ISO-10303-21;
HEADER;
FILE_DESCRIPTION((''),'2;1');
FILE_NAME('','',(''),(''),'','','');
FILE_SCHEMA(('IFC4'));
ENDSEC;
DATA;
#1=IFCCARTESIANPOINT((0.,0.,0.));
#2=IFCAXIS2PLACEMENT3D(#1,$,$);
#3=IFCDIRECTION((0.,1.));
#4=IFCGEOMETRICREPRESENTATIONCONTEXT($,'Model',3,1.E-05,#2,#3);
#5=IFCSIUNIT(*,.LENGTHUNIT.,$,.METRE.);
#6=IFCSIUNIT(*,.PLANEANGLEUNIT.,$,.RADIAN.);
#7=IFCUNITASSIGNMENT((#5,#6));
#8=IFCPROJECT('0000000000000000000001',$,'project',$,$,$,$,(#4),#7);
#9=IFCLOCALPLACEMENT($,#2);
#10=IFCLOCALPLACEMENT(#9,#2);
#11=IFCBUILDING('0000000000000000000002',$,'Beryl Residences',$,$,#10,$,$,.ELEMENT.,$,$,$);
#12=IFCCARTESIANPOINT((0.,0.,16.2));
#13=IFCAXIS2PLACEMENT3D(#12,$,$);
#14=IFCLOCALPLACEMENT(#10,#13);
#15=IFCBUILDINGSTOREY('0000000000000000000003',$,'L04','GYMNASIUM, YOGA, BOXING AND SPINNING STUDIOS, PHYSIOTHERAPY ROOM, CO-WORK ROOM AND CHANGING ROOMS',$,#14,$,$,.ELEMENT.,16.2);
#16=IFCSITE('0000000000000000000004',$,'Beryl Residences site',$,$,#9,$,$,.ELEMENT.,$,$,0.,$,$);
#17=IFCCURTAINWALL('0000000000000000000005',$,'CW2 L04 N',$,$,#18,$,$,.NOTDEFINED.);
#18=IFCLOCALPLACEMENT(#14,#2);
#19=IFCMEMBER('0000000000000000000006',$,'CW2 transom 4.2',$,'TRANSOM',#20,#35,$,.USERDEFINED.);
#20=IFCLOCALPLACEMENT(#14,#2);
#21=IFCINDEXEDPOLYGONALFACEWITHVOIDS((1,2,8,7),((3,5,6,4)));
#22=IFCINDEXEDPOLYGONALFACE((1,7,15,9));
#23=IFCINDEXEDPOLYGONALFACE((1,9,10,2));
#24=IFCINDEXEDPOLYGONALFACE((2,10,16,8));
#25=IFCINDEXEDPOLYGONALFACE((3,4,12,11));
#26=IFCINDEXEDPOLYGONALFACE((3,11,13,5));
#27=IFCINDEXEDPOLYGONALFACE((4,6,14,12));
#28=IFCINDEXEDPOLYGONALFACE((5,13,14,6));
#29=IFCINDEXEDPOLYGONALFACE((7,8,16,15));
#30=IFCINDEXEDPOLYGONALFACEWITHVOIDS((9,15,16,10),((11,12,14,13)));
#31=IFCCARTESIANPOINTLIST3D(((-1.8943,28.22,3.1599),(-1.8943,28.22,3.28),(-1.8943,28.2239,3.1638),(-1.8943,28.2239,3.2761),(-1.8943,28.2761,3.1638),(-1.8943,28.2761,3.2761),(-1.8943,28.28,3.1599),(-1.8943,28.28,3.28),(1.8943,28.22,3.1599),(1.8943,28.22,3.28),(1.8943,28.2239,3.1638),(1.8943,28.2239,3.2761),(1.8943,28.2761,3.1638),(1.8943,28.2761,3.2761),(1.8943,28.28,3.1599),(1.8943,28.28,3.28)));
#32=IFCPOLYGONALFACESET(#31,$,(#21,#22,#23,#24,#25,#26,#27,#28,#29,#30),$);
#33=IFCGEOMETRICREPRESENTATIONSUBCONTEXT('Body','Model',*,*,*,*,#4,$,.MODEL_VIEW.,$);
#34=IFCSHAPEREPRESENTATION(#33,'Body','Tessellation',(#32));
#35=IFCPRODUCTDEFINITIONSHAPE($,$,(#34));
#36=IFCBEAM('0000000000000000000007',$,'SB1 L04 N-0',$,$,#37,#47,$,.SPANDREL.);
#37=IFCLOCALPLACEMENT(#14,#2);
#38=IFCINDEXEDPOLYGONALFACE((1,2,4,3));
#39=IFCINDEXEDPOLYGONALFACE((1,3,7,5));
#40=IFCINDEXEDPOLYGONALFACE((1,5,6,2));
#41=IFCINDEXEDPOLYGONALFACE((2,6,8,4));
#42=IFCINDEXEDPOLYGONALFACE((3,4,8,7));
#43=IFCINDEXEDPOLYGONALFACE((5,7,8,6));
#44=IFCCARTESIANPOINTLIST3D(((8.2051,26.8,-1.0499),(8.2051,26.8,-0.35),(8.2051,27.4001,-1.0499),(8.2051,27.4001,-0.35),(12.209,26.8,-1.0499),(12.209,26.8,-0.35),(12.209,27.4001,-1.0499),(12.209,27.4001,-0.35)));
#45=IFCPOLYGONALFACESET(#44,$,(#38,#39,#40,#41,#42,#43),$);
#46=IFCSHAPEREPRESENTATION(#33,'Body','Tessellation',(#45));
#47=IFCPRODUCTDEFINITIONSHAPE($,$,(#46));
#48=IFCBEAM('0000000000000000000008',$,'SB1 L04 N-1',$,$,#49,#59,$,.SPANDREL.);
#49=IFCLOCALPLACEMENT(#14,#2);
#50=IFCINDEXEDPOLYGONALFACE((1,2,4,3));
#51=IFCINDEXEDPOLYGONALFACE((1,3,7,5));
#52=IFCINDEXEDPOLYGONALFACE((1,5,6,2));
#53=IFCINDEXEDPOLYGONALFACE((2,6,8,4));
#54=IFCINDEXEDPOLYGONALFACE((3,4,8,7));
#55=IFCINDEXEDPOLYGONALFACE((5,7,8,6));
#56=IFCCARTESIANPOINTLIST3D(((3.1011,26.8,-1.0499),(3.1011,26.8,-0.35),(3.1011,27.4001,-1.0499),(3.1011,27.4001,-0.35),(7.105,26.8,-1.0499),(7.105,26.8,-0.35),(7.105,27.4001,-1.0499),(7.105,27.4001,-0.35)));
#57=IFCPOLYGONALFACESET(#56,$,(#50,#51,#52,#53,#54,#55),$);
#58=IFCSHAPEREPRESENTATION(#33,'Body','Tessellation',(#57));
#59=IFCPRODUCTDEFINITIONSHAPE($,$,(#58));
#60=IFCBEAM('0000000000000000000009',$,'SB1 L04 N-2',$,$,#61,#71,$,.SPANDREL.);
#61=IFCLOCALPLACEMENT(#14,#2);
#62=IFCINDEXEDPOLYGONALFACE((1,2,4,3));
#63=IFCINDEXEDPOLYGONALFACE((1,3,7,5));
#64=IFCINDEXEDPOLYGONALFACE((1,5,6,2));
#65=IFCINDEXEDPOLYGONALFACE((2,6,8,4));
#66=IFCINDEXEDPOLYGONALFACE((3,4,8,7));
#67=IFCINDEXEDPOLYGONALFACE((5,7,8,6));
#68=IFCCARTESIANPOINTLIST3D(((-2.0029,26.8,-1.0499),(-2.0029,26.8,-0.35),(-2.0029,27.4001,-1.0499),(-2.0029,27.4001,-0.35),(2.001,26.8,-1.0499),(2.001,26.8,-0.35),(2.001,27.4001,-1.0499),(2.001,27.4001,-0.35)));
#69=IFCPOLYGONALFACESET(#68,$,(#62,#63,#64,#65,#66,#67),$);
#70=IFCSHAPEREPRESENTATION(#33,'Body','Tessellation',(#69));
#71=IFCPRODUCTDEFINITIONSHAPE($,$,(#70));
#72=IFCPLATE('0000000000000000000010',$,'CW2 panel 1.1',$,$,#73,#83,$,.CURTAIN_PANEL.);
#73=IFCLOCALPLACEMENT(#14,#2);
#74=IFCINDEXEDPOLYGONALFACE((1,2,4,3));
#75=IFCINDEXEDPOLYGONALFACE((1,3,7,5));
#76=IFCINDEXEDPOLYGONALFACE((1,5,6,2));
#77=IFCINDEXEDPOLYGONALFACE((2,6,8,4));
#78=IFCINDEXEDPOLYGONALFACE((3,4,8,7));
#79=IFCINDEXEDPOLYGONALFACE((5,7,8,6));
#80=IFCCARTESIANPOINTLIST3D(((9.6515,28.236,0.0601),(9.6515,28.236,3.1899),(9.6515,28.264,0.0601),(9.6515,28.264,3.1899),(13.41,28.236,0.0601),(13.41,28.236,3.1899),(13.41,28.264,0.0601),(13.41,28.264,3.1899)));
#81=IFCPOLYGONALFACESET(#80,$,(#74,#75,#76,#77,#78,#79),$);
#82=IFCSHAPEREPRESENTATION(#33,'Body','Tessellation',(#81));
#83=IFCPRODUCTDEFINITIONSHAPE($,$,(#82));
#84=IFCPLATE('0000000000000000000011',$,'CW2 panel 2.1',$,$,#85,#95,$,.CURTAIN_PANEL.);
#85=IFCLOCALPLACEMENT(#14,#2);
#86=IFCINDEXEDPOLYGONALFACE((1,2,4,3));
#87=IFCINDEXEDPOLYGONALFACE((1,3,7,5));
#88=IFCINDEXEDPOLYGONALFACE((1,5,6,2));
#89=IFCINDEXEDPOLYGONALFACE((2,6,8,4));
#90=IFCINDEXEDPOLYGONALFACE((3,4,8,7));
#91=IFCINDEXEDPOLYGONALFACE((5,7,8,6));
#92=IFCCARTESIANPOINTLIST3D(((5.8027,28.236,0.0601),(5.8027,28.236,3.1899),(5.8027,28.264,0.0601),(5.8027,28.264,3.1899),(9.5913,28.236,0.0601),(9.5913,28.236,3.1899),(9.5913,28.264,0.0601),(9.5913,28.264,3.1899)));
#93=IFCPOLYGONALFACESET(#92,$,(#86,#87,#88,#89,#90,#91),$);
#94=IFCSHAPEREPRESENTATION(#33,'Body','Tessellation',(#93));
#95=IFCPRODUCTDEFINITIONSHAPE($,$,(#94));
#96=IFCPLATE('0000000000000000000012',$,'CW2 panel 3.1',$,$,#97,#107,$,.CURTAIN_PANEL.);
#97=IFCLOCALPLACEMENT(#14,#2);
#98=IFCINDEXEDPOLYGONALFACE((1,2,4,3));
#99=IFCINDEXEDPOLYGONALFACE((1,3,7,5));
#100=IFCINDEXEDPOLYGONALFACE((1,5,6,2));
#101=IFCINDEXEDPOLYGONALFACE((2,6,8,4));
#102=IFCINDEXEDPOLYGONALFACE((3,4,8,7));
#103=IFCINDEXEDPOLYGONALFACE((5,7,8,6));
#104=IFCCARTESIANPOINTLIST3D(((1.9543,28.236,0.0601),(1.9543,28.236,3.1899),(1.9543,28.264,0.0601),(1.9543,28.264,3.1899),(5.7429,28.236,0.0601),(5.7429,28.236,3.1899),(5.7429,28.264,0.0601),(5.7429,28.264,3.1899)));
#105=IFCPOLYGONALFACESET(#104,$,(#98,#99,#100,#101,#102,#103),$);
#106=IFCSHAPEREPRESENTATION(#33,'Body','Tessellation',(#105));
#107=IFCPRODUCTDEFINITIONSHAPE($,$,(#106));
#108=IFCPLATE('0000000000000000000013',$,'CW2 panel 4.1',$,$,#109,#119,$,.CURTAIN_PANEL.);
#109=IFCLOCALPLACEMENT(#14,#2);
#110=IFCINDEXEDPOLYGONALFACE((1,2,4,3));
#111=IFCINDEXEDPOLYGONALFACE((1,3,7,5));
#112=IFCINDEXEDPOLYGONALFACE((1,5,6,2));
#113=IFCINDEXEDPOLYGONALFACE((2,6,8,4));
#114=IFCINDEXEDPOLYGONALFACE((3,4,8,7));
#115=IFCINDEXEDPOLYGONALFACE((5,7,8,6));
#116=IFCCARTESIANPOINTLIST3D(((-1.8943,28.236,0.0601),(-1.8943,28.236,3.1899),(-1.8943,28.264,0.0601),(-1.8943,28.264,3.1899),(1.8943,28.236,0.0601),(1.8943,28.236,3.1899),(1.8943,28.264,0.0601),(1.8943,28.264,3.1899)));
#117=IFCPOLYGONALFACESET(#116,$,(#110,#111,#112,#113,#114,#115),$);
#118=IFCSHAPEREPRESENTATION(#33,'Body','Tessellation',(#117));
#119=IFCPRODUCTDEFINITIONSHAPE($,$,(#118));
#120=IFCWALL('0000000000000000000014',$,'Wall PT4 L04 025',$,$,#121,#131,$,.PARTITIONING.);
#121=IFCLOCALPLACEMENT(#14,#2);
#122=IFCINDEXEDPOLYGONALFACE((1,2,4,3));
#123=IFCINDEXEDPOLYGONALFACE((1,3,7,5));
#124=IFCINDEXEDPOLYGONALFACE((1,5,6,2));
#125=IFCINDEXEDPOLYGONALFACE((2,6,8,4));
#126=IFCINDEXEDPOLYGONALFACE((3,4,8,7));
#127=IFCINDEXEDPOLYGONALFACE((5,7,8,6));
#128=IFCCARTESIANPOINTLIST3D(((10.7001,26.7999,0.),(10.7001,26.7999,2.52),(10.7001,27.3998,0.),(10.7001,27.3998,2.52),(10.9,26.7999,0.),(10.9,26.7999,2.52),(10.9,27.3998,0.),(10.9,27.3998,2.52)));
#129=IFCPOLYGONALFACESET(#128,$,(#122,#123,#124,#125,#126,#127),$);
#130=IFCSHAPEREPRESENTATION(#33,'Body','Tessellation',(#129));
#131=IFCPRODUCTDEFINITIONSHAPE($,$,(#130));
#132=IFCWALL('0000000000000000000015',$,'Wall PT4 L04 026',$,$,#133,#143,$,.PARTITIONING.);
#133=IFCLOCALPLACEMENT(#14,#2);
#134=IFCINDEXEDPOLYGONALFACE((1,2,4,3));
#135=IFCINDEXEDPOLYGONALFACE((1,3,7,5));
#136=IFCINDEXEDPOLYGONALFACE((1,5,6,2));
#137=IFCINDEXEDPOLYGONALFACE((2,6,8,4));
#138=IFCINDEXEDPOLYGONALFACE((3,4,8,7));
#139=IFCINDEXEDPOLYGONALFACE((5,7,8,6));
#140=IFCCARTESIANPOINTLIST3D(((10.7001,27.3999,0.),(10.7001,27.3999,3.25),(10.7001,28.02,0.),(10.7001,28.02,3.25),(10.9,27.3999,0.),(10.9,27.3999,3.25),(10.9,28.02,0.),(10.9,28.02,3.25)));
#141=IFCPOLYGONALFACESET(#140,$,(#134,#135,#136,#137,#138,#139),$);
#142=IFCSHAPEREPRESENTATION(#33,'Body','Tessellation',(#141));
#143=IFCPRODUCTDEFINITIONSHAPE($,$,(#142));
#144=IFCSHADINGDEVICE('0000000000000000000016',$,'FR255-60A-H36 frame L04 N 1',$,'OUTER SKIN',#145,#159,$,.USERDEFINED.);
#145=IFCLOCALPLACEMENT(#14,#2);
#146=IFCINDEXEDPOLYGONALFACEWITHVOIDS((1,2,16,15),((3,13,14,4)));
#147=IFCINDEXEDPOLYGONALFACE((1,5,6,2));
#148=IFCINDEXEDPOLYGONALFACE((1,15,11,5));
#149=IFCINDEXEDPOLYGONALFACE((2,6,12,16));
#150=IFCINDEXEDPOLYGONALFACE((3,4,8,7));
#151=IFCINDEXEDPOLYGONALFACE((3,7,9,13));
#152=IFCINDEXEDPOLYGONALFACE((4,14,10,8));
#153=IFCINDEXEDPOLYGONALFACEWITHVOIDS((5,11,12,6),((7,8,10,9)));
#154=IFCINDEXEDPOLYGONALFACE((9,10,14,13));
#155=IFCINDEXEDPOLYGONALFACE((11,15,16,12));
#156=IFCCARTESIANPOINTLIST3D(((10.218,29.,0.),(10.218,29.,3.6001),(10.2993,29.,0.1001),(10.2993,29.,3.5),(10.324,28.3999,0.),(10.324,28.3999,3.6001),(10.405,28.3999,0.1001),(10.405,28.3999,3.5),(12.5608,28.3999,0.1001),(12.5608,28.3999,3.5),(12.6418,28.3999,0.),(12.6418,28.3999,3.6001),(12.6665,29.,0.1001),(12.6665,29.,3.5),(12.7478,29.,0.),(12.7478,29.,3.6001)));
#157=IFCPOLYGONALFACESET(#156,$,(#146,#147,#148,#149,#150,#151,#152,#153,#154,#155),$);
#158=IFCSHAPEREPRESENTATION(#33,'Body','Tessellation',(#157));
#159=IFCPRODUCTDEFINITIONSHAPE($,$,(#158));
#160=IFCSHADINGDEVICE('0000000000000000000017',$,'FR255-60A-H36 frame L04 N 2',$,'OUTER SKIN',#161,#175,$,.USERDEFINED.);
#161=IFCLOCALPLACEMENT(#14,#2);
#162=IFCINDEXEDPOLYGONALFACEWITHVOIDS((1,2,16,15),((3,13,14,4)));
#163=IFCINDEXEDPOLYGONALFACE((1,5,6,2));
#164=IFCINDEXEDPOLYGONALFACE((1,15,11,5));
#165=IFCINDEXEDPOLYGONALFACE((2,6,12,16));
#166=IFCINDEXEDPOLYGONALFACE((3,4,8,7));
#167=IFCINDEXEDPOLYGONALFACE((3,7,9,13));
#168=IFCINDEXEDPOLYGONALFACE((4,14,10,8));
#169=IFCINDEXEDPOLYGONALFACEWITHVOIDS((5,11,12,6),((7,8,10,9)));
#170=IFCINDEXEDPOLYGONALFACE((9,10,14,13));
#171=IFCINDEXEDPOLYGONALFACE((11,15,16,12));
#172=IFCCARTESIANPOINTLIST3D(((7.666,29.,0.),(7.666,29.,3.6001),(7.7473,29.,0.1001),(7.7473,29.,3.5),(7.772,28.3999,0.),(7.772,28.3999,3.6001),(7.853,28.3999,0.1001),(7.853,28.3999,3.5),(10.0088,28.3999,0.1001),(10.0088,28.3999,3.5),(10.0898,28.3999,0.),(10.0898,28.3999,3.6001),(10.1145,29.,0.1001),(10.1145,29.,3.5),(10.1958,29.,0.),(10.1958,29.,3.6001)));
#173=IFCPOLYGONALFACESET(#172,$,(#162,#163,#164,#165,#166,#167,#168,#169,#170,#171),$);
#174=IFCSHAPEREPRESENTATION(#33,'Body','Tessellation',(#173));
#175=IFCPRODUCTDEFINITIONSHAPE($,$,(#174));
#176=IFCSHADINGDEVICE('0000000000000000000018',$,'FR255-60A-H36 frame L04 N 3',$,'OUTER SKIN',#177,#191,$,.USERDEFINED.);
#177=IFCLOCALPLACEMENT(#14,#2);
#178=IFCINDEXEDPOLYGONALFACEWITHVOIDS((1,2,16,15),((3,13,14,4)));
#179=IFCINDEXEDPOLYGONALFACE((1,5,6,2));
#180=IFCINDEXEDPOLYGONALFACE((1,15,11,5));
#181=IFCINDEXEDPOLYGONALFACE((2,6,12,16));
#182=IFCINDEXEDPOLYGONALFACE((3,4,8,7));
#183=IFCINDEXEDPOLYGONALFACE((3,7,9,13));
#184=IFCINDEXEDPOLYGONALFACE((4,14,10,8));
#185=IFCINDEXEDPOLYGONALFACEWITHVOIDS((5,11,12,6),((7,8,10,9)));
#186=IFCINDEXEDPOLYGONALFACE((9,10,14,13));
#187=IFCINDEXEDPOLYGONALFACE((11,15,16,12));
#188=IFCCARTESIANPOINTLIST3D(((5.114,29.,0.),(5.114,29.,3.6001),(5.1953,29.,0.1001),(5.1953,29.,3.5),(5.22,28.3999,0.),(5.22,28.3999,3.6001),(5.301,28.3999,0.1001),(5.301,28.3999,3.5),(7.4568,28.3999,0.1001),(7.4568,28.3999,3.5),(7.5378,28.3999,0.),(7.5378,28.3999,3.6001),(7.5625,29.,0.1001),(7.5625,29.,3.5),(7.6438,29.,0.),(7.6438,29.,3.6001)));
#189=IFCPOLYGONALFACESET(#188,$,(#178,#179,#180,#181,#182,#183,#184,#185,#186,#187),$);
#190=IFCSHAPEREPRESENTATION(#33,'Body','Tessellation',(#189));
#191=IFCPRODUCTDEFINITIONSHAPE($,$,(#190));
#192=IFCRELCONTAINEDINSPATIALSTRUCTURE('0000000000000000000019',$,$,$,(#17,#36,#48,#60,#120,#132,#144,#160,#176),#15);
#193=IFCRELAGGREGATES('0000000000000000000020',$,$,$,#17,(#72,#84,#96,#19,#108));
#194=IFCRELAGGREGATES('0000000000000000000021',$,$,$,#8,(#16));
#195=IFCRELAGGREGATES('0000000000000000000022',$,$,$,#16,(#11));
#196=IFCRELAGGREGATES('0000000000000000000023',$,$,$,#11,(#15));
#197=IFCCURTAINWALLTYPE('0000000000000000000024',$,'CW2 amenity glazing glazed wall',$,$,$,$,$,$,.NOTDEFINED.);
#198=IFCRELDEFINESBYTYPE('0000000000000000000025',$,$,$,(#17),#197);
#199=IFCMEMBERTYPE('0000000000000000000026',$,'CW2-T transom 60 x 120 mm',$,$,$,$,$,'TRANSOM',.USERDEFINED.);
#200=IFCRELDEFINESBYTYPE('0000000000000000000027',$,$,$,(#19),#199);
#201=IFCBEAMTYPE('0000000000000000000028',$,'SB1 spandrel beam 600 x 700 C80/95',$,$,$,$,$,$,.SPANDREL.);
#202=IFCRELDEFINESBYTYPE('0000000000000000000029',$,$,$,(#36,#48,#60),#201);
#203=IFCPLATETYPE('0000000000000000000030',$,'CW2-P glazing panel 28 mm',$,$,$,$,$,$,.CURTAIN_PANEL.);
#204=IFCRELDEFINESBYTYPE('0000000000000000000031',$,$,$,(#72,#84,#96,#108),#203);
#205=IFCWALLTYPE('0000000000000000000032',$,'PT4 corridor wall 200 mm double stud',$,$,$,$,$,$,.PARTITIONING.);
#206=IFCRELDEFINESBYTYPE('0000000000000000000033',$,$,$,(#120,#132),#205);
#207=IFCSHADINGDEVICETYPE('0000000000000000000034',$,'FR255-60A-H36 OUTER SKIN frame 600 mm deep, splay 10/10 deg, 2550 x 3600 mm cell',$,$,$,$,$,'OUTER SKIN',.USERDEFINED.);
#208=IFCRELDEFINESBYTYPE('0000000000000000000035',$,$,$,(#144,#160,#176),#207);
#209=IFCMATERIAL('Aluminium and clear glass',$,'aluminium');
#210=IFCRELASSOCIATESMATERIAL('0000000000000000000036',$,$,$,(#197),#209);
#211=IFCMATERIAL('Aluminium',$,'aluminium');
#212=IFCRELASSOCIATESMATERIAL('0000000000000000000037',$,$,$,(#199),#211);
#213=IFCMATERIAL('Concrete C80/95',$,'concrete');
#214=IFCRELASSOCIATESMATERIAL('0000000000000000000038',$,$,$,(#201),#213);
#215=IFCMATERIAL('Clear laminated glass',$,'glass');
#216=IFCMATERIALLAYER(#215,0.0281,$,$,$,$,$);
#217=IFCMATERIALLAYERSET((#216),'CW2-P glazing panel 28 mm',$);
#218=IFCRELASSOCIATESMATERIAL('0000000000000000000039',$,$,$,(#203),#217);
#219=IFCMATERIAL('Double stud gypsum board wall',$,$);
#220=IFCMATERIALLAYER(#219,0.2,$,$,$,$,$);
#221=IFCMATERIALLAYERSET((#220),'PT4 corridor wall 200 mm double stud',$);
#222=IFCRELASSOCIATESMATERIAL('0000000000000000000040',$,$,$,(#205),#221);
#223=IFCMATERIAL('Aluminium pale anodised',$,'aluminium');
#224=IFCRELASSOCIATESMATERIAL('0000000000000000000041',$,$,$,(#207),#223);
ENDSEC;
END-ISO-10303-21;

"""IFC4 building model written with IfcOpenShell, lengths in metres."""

from ifc_helpers import new_model, entity, si_unit, direction, frame, frame_2d, origin, origin_2d, place, context, subcontext, project, spatial, rectangle, hollow_rectangle, extrude, source, transform, mapped, material, layer, layer_set, material_profile, profile_set, type_object, type_shapes, element, aggregate, save


model = new_model("IFC4")

# Units and contexts
model_context = context("Model", 3, precision=1e-05, world=origin(), true_north=direction((0.0, 1.0)))
body_context = subcontext(model_context, "Body", "Model", "MODEL_VIEW")
ifc_project = project(units=[si_unit("LENGTHUNIT", "METRE"), si_unit("PLANEANGLEUNIT", "RADIAN")], contexts=[model_context])

# Site, building, storey
site_placement = place(None, origin())
site = spatial("IfcSite", under=ifc_project, at=site_placement, Name="Beryl Residences site", CompositionType="ELEMENT", RefElevation=0.0)
building_placement = place(site_placement, origin())
building = spatial("IfcBuilding", under=site, at=building_placement, Name="Beryl Residences", CompositionType="ELEMENT")
storey_placement = place(building_placement, frame((0.0, 0.0, 16.2)))
storey = spatial("IfcBuildingStorey", under=building, at=storey_placement, Name="L04", Description="GYMNASIUM, YOGA, BOXING AND SPINNING STUDIOS, PHYSIOTHERAPY ROOM, CO-WORK ROOM AND CHANGING ROOMS", CompositionType="ELEMENT", Elevation=16.2)

# Curtain wall, member
ifc_material_1 = material(Name="Aluminium and clear glass", Category="aluminium")
curtain_wall_type = type_object("IfcCurtainWallType", Name="CW2 amenity glazing glazed wall", PredefinedType="NOTDEFINED", material=ifc_material_1)
curtain_wall_placement = place(storey_placement, origin())
curtain_wall = element("IfcCurtainWall", 1, at=curtain_wall_placement, inside=storey, type_object=curtain_wall_type, Name="CW2 L04 N", PredefinedType="NOTDEFINED")
ifc_material_2 = material(Name="Aluminium", Category="aluminium")
ifc_material_profile_1 = material_profile(ifc_material_2, hollow_rectangle(XDim=0.0601, YDim=0.1201, WallThickness=0.0039, at=origin_2d()))
ifc_profile_set_1 = profile_set([ifc_material_profile_1], Name="Aluminium")
member_type_1 = type_object("IfcMemberType", Name="CW2-T transom 60 x 120 mm", ElementType="TRANSOM", PredefinedType="USERDEFINED", material=ifc_profile_set_1)
member_1_placement = place(storey_placement, frame((1.8943, 28.25, 3.22), z_axis=(-1.0, 0.0, 0.0), x_axis=(0.0, -1.0, 0.0)))
member_1 = element("IfcMember", 2, at=member_1_placement, type_object=member_type_1, Name="CW2 transom 4.2", ObjectType="TRANSOM", PredefinedType="USERDEFINED", context=body_context, shape_type="SweptSolid", body=[
    extrude(hollow_rectangle(XDim=0.0601, YDim=0.1201, WallThickness=0.0039, at=origin_2d()), origin(), (0.0, 0.0, 1.0), 3.7886),
])

# Beams
ifc_material_3 = material(Name="Concrete C80/95", Category="concrete")
ifc_material_profile_2 = material_profile(ifc_material_3, rectangle(XDim=0.6001, YDim=0.7, at=origin_2d()))
ifc_profile_set_2 = profile_set([ifc_material_profile_2], Name="Concrete C80/95")
beam_type = type_object("IfcBeamType", Name="SB1 spandrel beam 600 x 700 C80/95", PredefinedType="SPANDREL", material=ifc_profile_set_2)
for number, where, z_axis, x_axis, name in (
    (3, (12.209, 27.1001, -0.7), (-1.0, 0.0, 0.0), (0.0, -1.0, 0.0), "SB1 L04 N-0"),
    (4, (7.105, 27.1001, -0.7), (-1.0, 0.0, 0.0), (0.0, -1.0, 0.0), "SB1 L04 N-1"),
    (5, (2.001, 27.1001, -0.7), (-1.0, 0.0, 0.0), (0.0, -1.0, 0.0), "SB1 L04 N-2"),
):
    element("IfcBeam", number, at=place(storey_placement, frame(where, z_axis=z_axis, x_axis=x_axis)), inside=storey, type_object=beam_type, Name=name, PredefinedType="SPANDREL", context=body_context, shape_type="SweptSolid", body=[
        extrude(rectangle(XDim=0.6001, YDim=0.7, at=origin_2d()), origin(), (0.0, 0.0, 1.0), 4.0039),
    ])

# Plates
ifc_material_4 = material(Name="Clear laminated glass", Category="glass")
ifc_layer_1 = layer(ifc_material_4, 0.0281)
ifc_layer_set_1 = layer_set([ifc_layer_1], Name="CW2-P glazing panel 28 mm")
plate_type = type_object("IfcPlateType", Name="CW2-P glazing panel 28 mm", PredefinedType="CURTAIN_PANEL", material=ifc_layer_set_1)
plate_1_placement = place(storey_placement, frame((11.5308, 28.25, 0.0601), z_axis=(0.0, 0.0, 1.0), x_axis=(-1.0, 0.0, 0.0)))
plate_1 = element("IfcPlate", 6, at=plate_1_placement, type_object=plate_type, Name="CW2 panel 1.1", PredefinedType="CURTAIN_PANEL", context=body_context, shape_type="SweptSolid", body=[
    extrude(rectangle(XDim=3.7585, YDim=0.0281, at=origin_2d()), origin(), (0.0, 0.0, 1.0), 3.1299),
])
plate_2_placement = place(storey_placement, frame((7.697, 28.25, 0.0601), z_axis=(0.0, 0.0, 1.0), x_axis=(-1.0, 0.0, 0.0)))
plate_2 = element("IfcPlate", 7, at=plate_2_placement, type_object=plate_type, Name="CW2 panel 2.1", PredefinedType="CURTAIN_PANEL", context=body_context, shape_type="SweptSolid", body=[
    extrude(rectangle(XDim=3.7886, YDim=0.0281, at=origin_2d()), origin(), (0.0, 0.0, 1.0), 3.1299),
])
plate_3_placement = place(storey_placement, frame((3.8486, 28.25, 0.0601), z_axis=(0.0, 0.0, 1.0), x_axis=(-1.0, 0.0, 0.0)))
plate_3 = element("IfcPlate", 8, at=plate_3_placement, type_object=plate_type, Name="CW2 panel 3.1", PredefinedType="CURTAIN_PANEL", context=body_context, shape_type="SweptSolid", body=[
    extrude(rectangle(XDim=3.7886, YDim=0.0281, at=origin_2d()), origin(), (0.0, 0.0, 1.0), 3.1299),
])
plate_4_placement = place(storey_placement, frame((0.0, 28.25, 0.0601), z_axis=(0.0, 0.0, 1.0), x_axis=(-1.0, 0.0, 0.0)))
plate_4 = element("IfcPlate", 9, at=plate_4_placement, type_object=plate_type, Name="CW2 panel 4.1", PredefinedType="CURTAIN_PANEL", context=body_context, shape_type="SweptSolid", body=[
    extrude(rectangle(XDim=3.7886, YDim=0.0281, at=origin_2d()), origin(), (0.0, 0.0, 1.0), 3.1299),
])
aggregate(curtain_wall, [plate_1, plate_2, plate_3, member_1, plate_4])

# Walls
ifc_material_5 = material(Name="Double stud gypsum board wall")
ifc_layer_2 = layer(ifc_material_5, 0.2)
ifc_layer_set_2 = layer_set([ifc_layer_2], Name="PT4 corridor wall 200 mm double stud")
wall_type = type_object("IfcWallType", Name="PT4 corridor wall 200 mm double stud", PredefinedType="PARTITIONING", material=ifc_layer_set_2)
wall_1_placement = place(storey_placement, frame((10.8, 26.8, 0.0), z_axis=(0.0, 0.0, 1.0), x_axis=(0.0, 1.0, 0.0)))
element("IfcWall", 10, at=wall_1_placement, inside=storey, type_object=wall_type, Name="Wall PT4 L04 025", PredefinedType="PARTITIONING", context=body_context, shape_type="SweptSolid", body=[
    extrude(rectangle(XDim=0.5999, YDim=0.2, at=frame_2d((0.2998, 0.0))), origin(), (0.0, 0.0, 1.0), 2.52),
])
wall_2_placement = place(storey_placement, frame((10.8, 27.3999, 0.0), z_axis=(0.0, 0.0, 1.0), x_axis=(0.0, 1.0, 0.0)))
element("IfcWall", 11, at=wall_2_placement, inside=storey, type_object=wall_type, Name="Wall PT4 L04 026", PredefinedType="PARTITIONING", context=body_context, shape_type="SweptSolid", body=[
    extrude(rectangle(XDim=0.6201, YDim=0.2, at=frame_2d((0.3101, 0.0))), origin(), (0.0, 0.0, 1.0), 3.25),
])

# Shading devices
ifc_material_6 = material(Name="Aluminium pale anodised", Category="aluminium")
shading_device_type = type_object("IfcShadingDeviceType", Name="FR255-60A-H36 OUTER SKIN frame 600 mm deep, splay 10/10 deg, 2550 x 3600 mm cell", ElementType="OUTER SKIN", PredefinedType="USERDEFINED", material=ifc_material_6)
cartesian_point_1 = entity("IfcCartesianPoint", [-1.1589, 0.0])
cartesian_point_2 = entity("IfcCartesianPoint", [-1.0779, 0.1001])
cartesian_point_3 = entity("IfcCartesianPoint", [-1.2649, 0.0])
cartesian_point_4 = entity("IfcCartesianPoint", [-1.1836, 0.1001])
shared_shape_1 = source(origin(), body_context, "Body", "SweptSolid", [
    entity("IfcExtrudedAreaSolidTapered", entity("IfcArbitraryProfileDefWithVoids", "AREA", None, entity("IfcPolyline", [cartesian_point_1, entity("IfcCartesianPoint", [1.1589, 0.0]), entity("IfcCartesianPoint", [1.1589, 3.6001]), entity("IfcCartesianPoint", [-1.1589, 3.6001]), cartesian_point_1]), [entity("IfcPolyline", [cartesian_point_2, entity("IfcCartesianPoint", [1.0779, 0.1001]), entity("IfcCartesianPoint", [1.0779, 3.5]), entity("IfcCartesianPoint", [-1.0779, 3.5]), cartesian_point_2])]), entity("IfcAxis2Placement3D", entity("IfcCartesianPoint", [0.0, 0.0, 0.0]), entity("IfcDirection", [0.0, 1.0, 0.0]), entity("IfcDirection", [-1.0, 0.0, 0.0])), entity("IfcDirection", [0.0, 0.0, 1.0]), 0.6001, entity("IfcArbitraryProfileDefWithVoids", "AREA", None, entity("IfcPolyline", [cartesian_point_3, entity("IfcCartesianPoint", [1.2649, 0.0]), entity("IfcCartesianPoint", [1.2649, 3.6001]), entity("IfcCartesianPoint", [-1.2649, 3.6001]), cartesian_point_3]), [entity("IfcPolyline", [cartesian_point_4, entity("IfcCartesianPoint", [1.1836, 0.1001]), entity("IfcCartesianPoint", [1.1836, 3.5]), entity("IfcCartesianPoint", [-1.1836, 3.5]), cartesian_point_4])])),
])
type_shapes(shading_device_type, [shared_shape_1])
for number, where, z_axis, x_axis, name in (
    (12, (11.4829, 28.3999, 0.0), (0.0, 0.0, 1.0), (1.0, 0.0, 0.0), "FR255-60A-H36 frame L04 N 1"),
    (13, (8.9309, 28.3999, 0.0), (0.0, 0.0, 1.0), (1.0, 0.0, 0.0), "FR255-60A-H36 frame L04 N 2"),
    (14, (6.3789, 28.3999, 0.0), (0.0, 0.0, 1.0), (1.0, 0.0, 0.0), "FR255-60A-H36 frame L04 N 3"),
):
    element("IfcShadingDevice", number, at=place(storey_placement, frame(where, z_axis=z_axis, x_axis=x_axis)), inside=storey, type_object=shading_device_type, Name=name, ObjectType="OUTER SKIN", PredefinedType="USERDEFINED", context=body_context, shape_type="MappedRepresentation", body=[
        mapped(shared_shape_1, transform((0.0, 0.0, 0.0))),
    ])

save(model, "model.ifc")
